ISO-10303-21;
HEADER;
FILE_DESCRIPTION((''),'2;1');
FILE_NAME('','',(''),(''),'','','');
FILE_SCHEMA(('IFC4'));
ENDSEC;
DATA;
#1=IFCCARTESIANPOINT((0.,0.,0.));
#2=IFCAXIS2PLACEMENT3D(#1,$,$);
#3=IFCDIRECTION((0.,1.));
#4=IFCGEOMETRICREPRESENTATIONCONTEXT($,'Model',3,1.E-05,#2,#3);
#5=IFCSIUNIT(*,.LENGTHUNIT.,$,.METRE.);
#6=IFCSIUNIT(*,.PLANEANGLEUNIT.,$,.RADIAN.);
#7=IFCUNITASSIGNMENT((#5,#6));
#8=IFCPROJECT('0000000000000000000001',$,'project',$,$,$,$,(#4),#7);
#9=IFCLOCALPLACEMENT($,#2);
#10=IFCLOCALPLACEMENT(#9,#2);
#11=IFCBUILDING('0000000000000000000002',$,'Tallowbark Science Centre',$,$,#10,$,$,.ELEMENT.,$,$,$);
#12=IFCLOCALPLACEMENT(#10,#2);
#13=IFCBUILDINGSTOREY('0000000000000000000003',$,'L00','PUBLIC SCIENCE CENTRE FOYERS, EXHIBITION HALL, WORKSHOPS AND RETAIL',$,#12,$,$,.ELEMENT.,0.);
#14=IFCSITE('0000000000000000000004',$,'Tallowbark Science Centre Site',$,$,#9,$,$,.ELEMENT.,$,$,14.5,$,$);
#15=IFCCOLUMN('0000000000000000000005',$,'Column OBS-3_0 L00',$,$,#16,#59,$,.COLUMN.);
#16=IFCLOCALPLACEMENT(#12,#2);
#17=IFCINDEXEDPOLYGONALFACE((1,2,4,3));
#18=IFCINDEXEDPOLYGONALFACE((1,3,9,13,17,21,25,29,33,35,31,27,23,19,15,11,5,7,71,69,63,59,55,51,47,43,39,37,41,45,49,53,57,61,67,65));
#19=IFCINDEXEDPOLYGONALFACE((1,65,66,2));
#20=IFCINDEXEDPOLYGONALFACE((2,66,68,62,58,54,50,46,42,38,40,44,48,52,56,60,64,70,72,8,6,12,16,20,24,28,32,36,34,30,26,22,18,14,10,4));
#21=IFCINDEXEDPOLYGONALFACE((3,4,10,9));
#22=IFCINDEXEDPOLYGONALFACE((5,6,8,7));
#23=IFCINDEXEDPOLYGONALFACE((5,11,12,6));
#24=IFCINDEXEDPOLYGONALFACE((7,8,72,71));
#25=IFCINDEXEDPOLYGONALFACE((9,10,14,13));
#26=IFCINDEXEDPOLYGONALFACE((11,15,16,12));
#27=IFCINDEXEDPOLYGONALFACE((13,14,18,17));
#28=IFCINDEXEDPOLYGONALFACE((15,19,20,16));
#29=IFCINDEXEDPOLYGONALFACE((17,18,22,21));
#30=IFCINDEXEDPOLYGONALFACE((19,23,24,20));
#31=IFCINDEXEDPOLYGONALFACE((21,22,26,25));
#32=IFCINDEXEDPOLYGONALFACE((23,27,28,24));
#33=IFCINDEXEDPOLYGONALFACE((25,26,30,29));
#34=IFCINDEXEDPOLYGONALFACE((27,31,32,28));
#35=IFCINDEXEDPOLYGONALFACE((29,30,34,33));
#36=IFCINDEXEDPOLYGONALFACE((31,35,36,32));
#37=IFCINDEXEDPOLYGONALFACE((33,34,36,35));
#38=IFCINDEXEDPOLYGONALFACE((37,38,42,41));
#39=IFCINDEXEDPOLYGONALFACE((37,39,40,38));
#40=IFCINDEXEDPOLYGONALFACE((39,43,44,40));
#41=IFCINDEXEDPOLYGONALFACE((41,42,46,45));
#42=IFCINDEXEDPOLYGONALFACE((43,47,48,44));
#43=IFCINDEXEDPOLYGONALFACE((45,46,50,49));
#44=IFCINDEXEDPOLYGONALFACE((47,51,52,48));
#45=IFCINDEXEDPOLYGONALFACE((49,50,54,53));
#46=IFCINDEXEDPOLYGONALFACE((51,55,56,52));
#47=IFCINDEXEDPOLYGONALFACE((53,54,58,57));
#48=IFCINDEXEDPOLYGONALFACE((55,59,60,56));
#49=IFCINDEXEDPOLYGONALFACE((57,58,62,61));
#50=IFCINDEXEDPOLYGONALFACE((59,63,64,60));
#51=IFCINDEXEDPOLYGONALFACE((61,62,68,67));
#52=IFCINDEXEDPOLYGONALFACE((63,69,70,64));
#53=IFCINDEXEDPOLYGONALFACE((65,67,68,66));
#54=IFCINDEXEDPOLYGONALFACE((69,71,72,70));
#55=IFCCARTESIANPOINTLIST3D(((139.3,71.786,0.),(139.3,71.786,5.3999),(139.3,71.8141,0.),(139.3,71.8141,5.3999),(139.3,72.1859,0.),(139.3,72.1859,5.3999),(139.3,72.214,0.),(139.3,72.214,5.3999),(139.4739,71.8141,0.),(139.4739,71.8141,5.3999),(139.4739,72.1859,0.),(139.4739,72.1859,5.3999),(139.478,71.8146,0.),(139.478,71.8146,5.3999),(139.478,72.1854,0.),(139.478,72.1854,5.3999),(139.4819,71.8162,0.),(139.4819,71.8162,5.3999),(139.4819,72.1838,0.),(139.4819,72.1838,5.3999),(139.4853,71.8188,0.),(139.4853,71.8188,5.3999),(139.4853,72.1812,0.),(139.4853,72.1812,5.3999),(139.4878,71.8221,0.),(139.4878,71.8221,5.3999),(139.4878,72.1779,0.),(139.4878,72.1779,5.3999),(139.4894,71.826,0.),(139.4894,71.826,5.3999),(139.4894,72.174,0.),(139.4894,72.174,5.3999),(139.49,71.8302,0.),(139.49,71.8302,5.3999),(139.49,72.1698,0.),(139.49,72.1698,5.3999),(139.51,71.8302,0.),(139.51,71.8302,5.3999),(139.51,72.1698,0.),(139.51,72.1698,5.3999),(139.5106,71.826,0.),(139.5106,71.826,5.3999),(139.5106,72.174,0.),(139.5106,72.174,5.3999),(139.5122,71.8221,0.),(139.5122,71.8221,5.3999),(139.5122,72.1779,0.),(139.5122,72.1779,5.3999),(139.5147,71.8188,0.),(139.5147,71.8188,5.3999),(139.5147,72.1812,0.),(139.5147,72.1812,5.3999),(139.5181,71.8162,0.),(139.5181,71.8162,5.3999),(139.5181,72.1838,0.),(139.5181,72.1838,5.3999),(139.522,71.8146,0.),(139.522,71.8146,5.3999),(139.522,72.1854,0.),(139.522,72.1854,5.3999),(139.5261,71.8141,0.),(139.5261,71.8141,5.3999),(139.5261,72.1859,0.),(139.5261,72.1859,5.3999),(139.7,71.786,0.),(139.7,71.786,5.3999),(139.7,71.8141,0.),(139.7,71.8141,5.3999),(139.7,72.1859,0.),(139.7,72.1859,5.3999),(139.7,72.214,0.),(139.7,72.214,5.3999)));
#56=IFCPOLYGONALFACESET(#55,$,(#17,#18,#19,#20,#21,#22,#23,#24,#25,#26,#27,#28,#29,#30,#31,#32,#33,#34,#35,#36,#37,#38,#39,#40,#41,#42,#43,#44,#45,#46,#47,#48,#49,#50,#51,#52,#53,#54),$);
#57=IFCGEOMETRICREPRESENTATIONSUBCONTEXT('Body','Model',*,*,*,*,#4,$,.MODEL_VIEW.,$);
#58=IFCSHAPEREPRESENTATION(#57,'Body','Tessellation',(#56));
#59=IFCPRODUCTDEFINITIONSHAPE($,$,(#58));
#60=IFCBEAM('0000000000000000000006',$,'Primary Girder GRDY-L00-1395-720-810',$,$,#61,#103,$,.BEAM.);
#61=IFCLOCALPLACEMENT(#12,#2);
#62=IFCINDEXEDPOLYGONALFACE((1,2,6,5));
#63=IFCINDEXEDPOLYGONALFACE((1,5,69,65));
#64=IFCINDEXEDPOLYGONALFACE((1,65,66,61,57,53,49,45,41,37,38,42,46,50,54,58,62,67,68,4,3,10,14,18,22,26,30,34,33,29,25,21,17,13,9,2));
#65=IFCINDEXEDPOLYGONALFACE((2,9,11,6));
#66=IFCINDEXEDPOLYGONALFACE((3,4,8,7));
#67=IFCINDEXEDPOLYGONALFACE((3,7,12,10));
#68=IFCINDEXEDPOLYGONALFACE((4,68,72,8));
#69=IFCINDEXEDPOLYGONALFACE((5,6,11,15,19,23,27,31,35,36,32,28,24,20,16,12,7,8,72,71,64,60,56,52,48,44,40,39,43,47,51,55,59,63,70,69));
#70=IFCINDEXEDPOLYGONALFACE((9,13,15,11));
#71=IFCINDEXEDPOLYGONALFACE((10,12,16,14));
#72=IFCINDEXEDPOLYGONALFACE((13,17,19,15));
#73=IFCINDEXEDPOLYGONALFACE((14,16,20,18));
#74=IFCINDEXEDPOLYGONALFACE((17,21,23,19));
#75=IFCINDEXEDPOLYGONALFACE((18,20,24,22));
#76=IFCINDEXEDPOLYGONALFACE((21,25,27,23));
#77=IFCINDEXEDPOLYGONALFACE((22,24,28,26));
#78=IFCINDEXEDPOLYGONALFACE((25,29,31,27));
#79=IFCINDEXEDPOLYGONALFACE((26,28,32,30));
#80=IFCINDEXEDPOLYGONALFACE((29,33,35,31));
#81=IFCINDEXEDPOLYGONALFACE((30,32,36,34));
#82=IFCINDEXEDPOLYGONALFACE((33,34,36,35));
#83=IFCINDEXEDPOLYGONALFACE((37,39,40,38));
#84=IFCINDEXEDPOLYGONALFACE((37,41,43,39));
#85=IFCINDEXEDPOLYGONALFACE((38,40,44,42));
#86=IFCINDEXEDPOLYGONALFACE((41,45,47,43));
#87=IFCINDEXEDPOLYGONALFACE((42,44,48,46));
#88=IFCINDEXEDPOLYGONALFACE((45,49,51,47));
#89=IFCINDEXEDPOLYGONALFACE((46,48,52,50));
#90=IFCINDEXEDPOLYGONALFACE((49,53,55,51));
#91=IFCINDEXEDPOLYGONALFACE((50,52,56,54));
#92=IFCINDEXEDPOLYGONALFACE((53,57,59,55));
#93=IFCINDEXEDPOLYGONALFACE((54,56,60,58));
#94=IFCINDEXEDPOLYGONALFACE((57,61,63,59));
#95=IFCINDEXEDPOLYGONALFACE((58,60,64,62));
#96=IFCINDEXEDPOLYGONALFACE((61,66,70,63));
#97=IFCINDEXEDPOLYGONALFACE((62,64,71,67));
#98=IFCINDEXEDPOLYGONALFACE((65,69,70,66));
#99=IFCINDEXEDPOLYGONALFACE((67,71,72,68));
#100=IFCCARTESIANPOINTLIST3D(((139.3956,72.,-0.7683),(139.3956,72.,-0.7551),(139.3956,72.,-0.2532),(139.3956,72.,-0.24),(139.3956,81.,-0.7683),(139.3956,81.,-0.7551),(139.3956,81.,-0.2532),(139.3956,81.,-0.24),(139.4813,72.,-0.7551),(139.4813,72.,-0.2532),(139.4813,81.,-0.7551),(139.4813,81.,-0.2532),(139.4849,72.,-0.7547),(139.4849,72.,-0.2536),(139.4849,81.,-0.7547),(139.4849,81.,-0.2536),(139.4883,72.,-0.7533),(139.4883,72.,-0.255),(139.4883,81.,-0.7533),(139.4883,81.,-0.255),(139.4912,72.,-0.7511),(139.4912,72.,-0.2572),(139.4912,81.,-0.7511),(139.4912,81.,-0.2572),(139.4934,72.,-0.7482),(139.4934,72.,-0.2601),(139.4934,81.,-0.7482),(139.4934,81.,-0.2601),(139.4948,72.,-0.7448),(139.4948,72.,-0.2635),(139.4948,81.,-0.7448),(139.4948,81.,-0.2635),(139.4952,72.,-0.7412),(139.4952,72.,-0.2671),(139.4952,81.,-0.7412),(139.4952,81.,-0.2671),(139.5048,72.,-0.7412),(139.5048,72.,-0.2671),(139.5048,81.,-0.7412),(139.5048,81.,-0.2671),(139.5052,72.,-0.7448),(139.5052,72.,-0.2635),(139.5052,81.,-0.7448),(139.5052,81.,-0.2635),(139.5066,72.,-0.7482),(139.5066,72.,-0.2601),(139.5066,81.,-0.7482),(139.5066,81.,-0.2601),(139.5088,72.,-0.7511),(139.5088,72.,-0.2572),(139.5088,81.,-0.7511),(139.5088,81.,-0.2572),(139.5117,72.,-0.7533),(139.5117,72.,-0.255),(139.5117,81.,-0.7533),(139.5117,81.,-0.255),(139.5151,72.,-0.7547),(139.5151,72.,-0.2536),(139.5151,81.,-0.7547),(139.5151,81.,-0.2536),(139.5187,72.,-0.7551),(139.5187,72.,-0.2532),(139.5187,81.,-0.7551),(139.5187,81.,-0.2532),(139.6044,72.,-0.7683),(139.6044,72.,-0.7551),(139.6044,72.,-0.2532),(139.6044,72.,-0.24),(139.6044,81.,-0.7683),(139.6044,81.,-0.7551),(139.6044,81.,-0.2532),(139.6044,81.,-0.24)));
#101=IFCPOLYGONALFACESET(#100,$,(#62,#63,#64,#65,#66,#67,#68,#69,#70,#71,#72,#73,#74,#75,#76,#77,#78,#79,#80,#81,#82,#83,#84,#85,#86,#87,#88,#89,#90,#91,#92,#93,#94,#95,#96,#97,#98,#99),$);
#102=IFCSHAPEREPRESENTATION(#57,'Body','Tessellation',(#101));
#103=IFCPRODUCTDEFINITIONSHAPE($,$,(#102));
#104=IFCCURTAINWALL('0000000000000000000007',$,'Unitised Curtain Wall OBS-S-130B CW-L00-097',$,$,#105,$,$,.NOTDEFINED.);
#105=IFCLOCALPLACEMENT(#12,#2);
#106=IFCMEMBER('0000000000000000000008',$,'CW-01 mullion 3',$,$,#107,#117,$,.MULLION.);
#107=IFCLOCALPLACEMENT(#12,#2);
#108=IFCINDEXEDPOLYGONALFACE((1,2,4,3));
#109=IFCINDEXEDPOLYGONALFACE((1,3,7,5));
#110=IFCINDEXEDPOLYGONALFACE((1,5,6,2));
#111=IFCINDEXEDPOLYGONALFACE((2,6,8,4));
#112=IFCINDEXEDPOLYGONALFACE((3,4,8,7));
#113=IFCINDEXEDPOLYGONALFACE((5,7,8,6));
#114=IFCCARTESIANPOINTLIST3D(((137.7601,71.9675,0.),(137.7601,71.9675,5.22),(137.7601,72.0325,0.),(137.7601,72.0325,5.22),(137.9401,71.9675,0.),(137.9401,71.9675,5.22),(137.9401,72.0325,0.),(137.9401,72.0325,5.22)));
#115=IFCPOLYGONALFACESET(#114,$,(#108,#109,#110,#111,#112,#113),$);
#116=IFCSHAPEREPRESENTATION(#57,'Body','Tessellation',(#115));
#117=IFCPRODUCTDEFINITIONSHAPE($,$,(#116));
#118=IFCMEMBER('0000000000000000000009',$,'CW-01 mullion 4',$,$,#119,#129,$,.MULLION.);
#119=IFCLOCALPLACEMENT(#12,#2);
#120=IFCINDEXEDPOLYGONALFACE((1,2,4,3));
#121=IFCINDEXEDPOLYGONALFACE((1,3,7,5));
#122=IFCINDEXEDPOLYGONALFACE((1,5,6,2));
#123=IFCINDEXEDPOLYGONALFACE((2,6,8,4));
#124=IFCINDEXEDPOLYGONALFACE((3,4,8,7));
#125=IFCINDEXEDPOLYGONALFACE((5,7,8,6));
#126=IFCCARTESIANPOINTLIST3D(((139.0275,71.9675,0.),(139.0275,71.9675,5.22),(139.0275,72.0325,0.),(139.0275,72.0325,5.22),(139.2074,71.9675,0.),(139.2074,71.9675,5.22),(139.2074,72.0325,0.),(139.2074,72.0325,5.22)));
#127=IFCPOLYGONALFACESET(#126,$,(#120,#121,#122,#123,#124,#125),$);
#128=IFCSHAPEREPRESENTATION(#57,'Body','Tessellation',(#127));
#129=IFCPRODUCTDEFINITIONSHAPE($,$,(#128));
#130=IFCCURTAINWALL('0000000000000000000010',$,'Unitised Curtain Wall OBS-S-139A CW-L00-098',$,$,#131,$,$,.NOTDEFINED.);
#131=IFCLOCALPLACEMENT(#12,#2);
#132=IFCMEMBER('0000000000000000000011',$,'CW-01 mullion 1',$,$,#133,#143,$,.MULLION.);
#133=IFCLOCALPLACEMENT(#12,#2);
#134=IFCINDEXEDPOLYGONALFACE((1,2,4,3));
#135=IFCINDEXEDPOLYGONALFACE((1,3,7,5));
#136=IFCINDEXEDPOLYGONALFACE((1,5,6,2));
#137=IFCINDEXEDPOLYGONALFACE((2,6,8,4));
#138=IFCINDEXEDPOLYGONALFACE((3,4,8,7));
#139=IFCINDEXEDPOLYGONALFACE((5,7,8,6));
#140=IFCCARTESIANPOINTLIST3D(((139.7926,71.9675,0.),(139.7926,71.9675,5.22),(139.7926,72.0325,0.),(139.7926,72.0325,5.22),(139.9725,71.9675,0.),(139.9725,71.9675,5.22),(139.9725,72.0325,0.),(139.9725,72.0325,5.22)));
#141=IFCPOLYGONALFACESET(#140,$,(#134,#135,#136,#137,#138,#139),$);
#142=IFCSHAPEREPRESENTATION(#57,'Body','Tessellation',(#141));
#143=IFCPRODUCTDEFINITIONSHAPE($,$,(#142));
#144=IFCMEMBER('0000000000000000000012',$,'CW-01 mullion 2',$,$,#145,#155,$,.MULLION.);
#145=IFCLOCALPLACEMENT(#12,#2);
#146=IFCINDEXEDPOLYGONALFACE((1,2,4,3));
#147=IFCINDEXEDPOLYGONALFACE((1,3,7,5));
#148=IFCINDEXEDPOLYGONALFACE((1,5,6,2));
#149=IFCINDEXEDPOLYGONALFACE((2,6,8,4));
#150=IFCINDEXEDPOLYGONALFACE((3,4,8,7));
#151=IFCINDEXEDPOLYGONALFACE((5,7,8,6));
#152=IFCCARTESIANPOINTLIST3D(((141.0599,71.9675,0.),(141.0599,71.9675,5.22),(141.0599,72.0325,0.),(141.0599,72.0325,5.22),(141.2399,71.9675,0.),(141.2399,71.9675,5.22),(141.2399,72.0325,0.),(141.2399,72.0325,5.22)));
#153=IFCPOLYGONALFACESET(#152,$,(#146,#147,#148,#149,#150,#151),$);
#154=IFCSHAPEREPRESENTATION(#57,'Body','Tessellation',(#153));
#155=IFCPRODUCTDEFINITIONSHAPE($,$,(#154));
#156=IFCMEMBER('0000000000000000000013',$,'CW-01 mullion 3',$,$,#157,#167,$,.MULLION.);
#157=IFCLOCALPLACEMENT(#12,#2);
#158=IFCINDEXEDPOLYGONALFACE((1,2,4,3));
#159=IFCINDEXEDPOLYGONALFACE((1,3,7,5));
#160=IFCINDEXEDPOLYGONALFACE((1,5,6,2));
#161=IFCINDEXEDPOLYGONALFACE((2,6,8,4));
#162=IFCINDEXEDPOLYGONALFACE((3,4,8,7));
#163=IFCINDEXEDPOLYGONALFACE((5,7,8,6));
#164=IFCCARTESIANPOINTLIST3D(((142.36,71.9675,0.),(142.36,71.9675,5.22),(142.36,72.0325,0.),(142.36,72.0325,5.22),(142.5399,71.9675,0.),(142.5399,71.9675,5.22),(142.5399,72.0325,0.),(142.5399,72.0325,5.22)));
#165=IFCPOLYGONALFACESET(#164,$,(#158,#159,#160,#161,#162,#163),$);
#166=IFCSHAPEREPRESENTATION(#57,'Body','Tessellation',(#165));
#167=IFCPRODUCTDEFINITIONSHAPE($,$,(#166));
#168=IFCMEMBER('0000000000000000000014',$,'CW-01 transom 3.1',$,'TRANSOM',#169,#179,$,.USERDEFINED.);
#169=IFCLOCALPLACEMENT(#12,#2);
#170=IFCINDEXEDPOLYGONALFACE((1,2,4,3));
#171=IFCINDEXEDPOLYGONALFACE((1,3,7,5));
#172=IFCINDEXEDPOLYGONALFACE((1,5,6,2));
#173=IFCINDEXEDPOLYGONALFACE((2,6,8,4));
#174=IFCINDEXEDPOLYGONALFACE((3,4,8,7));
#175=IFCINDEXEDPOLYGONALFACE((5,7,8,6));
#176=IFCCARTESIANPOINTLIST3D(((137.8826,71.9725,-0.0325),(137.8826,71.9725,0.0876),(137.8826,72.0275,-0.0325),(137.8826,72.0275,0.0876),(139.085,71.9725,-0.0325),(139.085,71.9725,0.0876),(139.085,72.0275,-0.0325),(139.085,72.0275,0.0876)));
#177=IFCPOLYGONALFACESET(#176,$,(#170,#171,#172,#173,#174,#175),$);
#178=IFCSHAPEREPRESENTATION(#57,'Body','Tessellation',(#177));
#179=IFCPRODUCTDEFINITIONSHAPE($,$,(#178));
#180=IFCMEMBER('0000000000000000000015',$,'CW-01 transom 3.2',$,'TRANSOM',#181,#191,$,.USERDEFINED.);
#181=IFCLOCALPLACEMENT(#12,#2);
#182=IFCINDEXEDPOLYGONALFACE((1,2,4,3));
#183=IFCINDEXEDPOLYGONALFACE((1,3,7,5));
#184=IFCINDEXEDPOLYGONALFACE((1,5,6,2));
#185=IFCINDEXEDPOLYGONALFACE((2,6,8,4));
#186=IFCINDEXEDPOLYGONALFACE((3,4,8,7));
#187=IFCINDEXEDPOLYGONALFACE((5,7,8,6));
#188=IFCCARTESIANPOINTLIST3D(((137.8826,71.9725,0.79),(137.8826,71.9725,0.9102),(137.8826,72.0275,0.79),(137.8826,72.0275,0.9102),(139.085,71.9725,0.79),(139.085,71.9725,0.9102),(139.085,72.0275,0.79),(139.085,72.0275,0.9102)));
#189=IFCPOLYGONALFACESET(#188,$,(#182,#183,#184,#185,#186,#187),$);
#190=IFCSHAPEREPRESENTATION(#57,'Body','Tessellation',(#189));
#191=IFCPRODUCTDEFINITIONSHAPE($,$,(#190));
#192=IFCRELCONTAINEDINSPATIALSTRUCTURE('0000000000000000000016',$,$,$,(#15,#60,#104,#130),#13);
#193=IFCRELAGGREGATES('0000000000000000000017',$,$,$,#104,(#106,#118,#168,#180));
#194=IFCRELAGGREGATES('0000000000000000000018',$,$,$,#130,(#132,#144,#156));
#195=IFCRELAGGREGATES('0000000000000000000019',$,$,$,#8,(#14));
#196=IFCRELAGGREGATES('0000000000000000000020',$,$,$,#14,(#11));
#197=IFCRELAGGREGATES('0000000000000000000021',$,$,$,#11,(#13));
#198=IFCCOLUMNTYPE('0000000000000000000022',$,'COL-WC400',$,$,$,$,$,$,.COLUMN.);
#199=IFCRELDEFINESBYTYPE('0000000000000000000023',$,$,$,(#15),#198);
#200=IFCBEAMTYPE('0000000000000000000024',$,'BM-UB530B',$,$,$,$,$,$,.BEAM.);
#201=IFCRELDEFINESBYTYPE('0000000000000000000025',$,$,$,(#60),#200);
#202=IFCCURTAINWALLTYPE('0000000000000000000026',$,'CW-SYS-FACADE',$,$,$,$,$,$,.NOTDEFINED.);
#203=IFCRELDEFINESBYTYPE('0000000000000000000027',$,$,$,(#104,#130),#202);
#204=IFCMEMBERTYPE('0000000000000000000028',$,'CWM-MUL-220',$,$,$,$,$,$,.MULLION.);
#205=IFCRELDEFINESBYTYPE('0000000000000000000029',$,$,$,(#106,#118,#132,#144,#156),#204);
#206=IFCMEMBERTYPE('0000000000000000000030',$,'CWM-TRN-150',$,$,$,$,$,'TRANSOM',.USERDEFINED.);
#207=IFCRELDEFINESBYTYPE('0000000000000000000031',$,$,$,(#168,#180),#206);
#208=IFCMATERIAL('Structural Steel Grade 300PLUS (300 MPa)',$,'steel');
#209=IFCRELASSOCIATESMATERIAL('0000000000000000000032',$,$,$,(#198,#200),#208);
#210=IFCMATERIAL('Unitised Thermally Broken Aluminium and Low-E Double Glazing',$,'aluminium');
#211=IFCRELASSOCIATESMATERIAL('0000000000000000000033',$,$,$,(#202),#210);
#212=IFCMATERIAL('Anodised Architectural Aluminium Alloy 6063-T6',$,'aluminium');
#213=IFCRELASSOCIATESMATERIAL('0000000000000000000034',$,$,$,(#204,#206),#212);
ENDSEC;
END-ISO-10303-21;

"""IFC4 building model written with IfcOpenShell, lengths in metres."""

from ifc_helpers import new_model, si_unit, direction, frame, origin, origin_2d, place, context, subcontext, project, spatial, rectangle, i_section, extrude, material, material_profile, profile_set, type_object, element, aggregate, save


model = new_model("IFC4")

# Units and contexts
model_context = context("Model", 3, precision=1e-05, world=origin(), true_north=direction((0.0, 1.0)))
body_context = subcontext(model_context, "Body", "Model", "MODEL_VIEW")
ifc_project = project(units=[si_unit("LENGTHUNIT", "METRE"), si_unit("PLANEANGLEUNIT", "RADIAN")], contexts=[model_context])

# Site, building, storey
site_placement = place(None, origin())
site = spatial("IfcSite", under=ifc_project, at=site_placement, Name="Tallowbark Science Centre Site", CompositionType="ELEMENT", RefElevation=14.5)
building_placement = place(site_placement, origin())
building = spatial("IfcBuilding", under=site, at=building_placement, Name="Tallowbark Science Centre", CompositionType="ELEMENT")
storey_placement = place(building_placement, origin())
storey = spatial("IfcBuildingStorey", under=building, at=storey_placement, Name="L00", Description="PUBLIC SCIENCE CENTRE FOYERS, EXHIBITION HALL, WORKSHOPS AND RETAIL", CompositionType="ELEMENT", Elevation=0.0)

# Column
ifc_material_1 = material(Name="Structural Steel Grade 300PLUS (300 MPa)", Category="steel")
ifc_material_profile_1 = material_profile(ifc_material_1, i_section(OverallWidth=0.3999, OverallDepth=0.428, WebThickness=0.02, FlangeThickness=0.0281, FilletRadius=0.0161, at=origin_2d()), Name="400WC270")
ifc_profile_set_1 = profile_set([ifc_material_profile_1], Name="Structural Steel Grade 300PLUS (300 MPa)")
column_type = type_object("IfcColumnType", Name="COL-WC400", PredefinedType="COLUMN", material=ifc_profile_set_1)
column_placement = place(storey_placement, frame((139.5, 72.0, 0.0), z_axis=(0.0, 0.0, 1.0), x_axis=(1.0, 0.0, 0.0)))
element("IfcColumn", 1, at=column_placement, inside=storey, type_object=column_type, Name="Column OBS-3_0 L00", PredefinedType="COLUMN", context=body_context, shape_type="SweptSolid", body=[
    extrude(i_section(OverallWidth=0.3999, OverallDepth=0.428, WebThickness=0.02, FlangeThickness=0.0281, FilletRadius=0.0161, at=origin_2d()), origin(), (0.0, 0.0, 1.0), 5.3999),
])

# Beam
ifc_material_profile_2 = material_profile(ifc_material_1, i_section(OverallWidth=0.2087, OverallDepth=0.5283, WebThickness=0.0095, FlangeThickness=0.0132, FilletRadius=0.0139, at=origin_2d()), Name="530UB82.0")
ifc_profile_set_2 = profile_set([ifc_material_profile_2], Name="Structural Steel Grade 300PLUS (300 MPa)")
beam_type_1 = type_object("IfcBeamType", Name="BM-UB530B", PredefinedType="BEAM", material=ifc_profile_set_2)
beam_1_placement = place(storey_placement, frame((139.5, 72.0, -0.5042), z_axis=(0.0, 1.0, 0.0), x_axis=(-1.0, 0.0, 0.0)))
element("IfcBeam", 2, at=beam_1_placement, inside=storey, type_object=beam_type_1, Name="Primary Girder GRDY-L00-1395-720-810", PredefinedType="BEAM", context=body_context, shape_type="SweptSolid", body=[
    extrude(i_section(OverallWidth=0.2087, OverallDepth=0.5283, WebThickness=0.0095, FlangeThickness=0.0132, FilletRadius=0.0139, at=origin_2d()), origin(), (0.0, 0.0, 1.0), 9.0),
])

# Curtain walls, members
ifc_material_2 = material(Name="Unitised Thermally Broken Aluminium and Low-E Double Glazing", Category="aluminium")
curtain_wall_type = type_object("IfcCurtainWallType", Name="CW-SYS-FACADE", PredefinedType="NOTDEFINED", material=ifc_material_2)
curtain_wall_1_placement = place(storey_placement, origin())
curtain_wall_1 = element("IfcCurtainWall", 3, at=curtain_wall_1_placement, inside=storey, type_object=curtain_wall_type, Name="Unitised Curtain Wall OBS-S-130B CW-L00-097", PredefinedType="NOTDEFINED")
ifc_material_3 = material(Name="Anodised Architectural Aluminium Alloy 6063-T6", Category="aluminium")
ifc_material_profile_3 = material_profile(ifc_material_3, rectangle(XDim=0.0649, YDim=0.1799, at=origin_2d()), Name="ALU65x180")
ifc_profile_set_3 = profile_set([ifc_material_profile_3], Name="Anodised Architectural Aluminium Alloy 6063-T6")
member_type_1 = type_object("IfcMemberType", Name="CWM-MUL-220", PredefinedType="MULLION", material=ifc_profile_set_3)
member_1_placement = place(storey_placement, frame((137.8501, 72.0, 0.0), z_axis=(0.0, 0.0, 1.0), x_axis=(0.0, 1.0, 0.0)))
member_1 = element("IfcMember", 4, at=member_1_placement, type_object=member_type_1, Name="CW-01 mullion 3", PredefinedType="MULLION", context=body_context, shape_type="SweptSolid", body=[
    extrude(rectangle(XDim=0.0649, YDim=0.1799, at=origin_2d()), origin(), (0.0, 0.0, 1.0), 5.22),
])
member_2_placement = place(storey_placement, frame((139.1174, 72.0, 0.0), z_axis=(0.0, 0.0, 1.0), x_axis=(0.0, 1.0, 0.0)))
member_2 = element("IfcMember", 5, at=member_2_placement, type_object=member_type_1, Name="CW-01 mullion 4", PredefinedType="MULLION", context=body_context, shape_type="SweptSolid", body=[
    extrude(rectangle(XDim=0.0649, YDim=0.1799, at=origin_2d()), origin(), (0.0, 0.0, 1.0), 5.22),
])
curtain_wall_2_placement = place(storey_placement, origin())
curtain_wall_2 = element("IfcCurtainWall", 6, at=curtain_wall_2_placement, inside=storey, type_object=curtain_wall_type, Name="Unitised Curtain Wall OBS-S-139A CW-L00-098", PredefinedType="NOTDEFINED")
member_3_placement = place(storey_placement, frame((139.8826, 72.0, 0.0), z_axis=(0.0, 0.0, 1.0), x_axis=(0.0, 1.0, 0.0)))
member_3 = element("IfcMember", 7, at=member_3_placement, type_object=member_type_1, Name="CW-01 mullion 1", PredefinedType="MULLION", context=body_context, shape_type="SweptSolid", body=[
    extrude(rectangle(XDim=0.0649, YDim=0.1799, at=origin_2d()), origin(), (0.0, 0.0, 1.0), 5.22),
])
member_4_placement = place(storey_placement, frame((141.1499, 72.0, 0.0), z_axis=(0.0, 0.0, 1.0), x_axis=(0.0, 1.0, 0.0)))
member_4 = element("IfcMember", 8, at=member_4_placement, type_object=member_type_1, Name="CW-01 mullion 2", PredefinedType="MULLION", context=body_context, shape_type="SweptSolid", body=[
    extrude(rectangle(XDim=0.0649, YDim=0.1799, at=origin_2d()), origin(), (0.0, 0.0, 1.0), 5.22),
])
member_5_placement = place(storey_placement, frame((142.45, 72.0, 0.0), z_axis=(0.0, 0.0, 1.0), x_axis=(0.0, 1.0, 0.0)))
member_5 = element("IfcMember", 9, at=member_5_placement, type_object=member_type_1, Name="CW-01 mullion 3", PredefinedType="MULLION", context=body_context, shape_type="SweptSolid", body=[
    extrude(rectangle(XDim=0.0649, YDim=0.1799, at=origin_2d()), origin(), (0.0, 0.0, 1.0), 5.22),
])

# Members
ifc_material_profile_4 = material_profile(ifc_material_3, rectangle(XDim=0.0549, YDim=0.1201, at=origin_2d()), Name="ALU55x120")
ifc_profile_set_4 = profile_set([ifc_material_profile_4], Name="Anodised Architectural Aluminium Alloy 6063-T6")
member_type_2 = type_object("IfcMemberType", Name="CWM-TRN-150", ElementType="TRANSOM", PredefinedType="USERDEFINED", material=ifc_profile_set_4)
member_6_placement = place(storey_placement, frame((137.8826, 72.0, 0.0276), z_axis=(1.0, 0.0, 0.0), x_axis=(0.0, 1.0, 0.0)))
member_6 = element("IfcMember", 10, at=member_6_placement, type_object=member_type_2, Name="CW-01 transom 3.1", ObjectType="TRANSOM", PredefinedType="USERDEFINED", context=body_context, shape_type="SweptSolid", body=[
    extrude(rectangle(XDim=0.0549, YDim=0.1201, at=origin_2d()), origin(), (0.0, 0.0, 1.0), 1.2024),
])
member_7_placement = place(storey_placement, frame((137.8826, 72.0, 0.8501), z_axis=(1.0, 0.0, 0.0), x_axis=(0.0, 1.0, 0.0)))
member_7 = element("IfcMember", 11, at=member_7_placement, type_object=member_type_2, Name="CW-01 transom 3.2", ObjectType="TRANSOM", PredefinedType="USERDEFINED", context=body_context, shape_type="SweptSolid", body=[
    extrude(rectangle(XDim=0.0549, YDim=0.1201, at=origin_2d()), origin(), (0.0, 0.0, 1.0), 1.2024),
])

aggregate(curtain_wall_1, [member_1, member_2, member_6, member_7])
aggregate(curtain_wall_2, [member_3, member_4, member_5])

save(model, "model.ifc")
